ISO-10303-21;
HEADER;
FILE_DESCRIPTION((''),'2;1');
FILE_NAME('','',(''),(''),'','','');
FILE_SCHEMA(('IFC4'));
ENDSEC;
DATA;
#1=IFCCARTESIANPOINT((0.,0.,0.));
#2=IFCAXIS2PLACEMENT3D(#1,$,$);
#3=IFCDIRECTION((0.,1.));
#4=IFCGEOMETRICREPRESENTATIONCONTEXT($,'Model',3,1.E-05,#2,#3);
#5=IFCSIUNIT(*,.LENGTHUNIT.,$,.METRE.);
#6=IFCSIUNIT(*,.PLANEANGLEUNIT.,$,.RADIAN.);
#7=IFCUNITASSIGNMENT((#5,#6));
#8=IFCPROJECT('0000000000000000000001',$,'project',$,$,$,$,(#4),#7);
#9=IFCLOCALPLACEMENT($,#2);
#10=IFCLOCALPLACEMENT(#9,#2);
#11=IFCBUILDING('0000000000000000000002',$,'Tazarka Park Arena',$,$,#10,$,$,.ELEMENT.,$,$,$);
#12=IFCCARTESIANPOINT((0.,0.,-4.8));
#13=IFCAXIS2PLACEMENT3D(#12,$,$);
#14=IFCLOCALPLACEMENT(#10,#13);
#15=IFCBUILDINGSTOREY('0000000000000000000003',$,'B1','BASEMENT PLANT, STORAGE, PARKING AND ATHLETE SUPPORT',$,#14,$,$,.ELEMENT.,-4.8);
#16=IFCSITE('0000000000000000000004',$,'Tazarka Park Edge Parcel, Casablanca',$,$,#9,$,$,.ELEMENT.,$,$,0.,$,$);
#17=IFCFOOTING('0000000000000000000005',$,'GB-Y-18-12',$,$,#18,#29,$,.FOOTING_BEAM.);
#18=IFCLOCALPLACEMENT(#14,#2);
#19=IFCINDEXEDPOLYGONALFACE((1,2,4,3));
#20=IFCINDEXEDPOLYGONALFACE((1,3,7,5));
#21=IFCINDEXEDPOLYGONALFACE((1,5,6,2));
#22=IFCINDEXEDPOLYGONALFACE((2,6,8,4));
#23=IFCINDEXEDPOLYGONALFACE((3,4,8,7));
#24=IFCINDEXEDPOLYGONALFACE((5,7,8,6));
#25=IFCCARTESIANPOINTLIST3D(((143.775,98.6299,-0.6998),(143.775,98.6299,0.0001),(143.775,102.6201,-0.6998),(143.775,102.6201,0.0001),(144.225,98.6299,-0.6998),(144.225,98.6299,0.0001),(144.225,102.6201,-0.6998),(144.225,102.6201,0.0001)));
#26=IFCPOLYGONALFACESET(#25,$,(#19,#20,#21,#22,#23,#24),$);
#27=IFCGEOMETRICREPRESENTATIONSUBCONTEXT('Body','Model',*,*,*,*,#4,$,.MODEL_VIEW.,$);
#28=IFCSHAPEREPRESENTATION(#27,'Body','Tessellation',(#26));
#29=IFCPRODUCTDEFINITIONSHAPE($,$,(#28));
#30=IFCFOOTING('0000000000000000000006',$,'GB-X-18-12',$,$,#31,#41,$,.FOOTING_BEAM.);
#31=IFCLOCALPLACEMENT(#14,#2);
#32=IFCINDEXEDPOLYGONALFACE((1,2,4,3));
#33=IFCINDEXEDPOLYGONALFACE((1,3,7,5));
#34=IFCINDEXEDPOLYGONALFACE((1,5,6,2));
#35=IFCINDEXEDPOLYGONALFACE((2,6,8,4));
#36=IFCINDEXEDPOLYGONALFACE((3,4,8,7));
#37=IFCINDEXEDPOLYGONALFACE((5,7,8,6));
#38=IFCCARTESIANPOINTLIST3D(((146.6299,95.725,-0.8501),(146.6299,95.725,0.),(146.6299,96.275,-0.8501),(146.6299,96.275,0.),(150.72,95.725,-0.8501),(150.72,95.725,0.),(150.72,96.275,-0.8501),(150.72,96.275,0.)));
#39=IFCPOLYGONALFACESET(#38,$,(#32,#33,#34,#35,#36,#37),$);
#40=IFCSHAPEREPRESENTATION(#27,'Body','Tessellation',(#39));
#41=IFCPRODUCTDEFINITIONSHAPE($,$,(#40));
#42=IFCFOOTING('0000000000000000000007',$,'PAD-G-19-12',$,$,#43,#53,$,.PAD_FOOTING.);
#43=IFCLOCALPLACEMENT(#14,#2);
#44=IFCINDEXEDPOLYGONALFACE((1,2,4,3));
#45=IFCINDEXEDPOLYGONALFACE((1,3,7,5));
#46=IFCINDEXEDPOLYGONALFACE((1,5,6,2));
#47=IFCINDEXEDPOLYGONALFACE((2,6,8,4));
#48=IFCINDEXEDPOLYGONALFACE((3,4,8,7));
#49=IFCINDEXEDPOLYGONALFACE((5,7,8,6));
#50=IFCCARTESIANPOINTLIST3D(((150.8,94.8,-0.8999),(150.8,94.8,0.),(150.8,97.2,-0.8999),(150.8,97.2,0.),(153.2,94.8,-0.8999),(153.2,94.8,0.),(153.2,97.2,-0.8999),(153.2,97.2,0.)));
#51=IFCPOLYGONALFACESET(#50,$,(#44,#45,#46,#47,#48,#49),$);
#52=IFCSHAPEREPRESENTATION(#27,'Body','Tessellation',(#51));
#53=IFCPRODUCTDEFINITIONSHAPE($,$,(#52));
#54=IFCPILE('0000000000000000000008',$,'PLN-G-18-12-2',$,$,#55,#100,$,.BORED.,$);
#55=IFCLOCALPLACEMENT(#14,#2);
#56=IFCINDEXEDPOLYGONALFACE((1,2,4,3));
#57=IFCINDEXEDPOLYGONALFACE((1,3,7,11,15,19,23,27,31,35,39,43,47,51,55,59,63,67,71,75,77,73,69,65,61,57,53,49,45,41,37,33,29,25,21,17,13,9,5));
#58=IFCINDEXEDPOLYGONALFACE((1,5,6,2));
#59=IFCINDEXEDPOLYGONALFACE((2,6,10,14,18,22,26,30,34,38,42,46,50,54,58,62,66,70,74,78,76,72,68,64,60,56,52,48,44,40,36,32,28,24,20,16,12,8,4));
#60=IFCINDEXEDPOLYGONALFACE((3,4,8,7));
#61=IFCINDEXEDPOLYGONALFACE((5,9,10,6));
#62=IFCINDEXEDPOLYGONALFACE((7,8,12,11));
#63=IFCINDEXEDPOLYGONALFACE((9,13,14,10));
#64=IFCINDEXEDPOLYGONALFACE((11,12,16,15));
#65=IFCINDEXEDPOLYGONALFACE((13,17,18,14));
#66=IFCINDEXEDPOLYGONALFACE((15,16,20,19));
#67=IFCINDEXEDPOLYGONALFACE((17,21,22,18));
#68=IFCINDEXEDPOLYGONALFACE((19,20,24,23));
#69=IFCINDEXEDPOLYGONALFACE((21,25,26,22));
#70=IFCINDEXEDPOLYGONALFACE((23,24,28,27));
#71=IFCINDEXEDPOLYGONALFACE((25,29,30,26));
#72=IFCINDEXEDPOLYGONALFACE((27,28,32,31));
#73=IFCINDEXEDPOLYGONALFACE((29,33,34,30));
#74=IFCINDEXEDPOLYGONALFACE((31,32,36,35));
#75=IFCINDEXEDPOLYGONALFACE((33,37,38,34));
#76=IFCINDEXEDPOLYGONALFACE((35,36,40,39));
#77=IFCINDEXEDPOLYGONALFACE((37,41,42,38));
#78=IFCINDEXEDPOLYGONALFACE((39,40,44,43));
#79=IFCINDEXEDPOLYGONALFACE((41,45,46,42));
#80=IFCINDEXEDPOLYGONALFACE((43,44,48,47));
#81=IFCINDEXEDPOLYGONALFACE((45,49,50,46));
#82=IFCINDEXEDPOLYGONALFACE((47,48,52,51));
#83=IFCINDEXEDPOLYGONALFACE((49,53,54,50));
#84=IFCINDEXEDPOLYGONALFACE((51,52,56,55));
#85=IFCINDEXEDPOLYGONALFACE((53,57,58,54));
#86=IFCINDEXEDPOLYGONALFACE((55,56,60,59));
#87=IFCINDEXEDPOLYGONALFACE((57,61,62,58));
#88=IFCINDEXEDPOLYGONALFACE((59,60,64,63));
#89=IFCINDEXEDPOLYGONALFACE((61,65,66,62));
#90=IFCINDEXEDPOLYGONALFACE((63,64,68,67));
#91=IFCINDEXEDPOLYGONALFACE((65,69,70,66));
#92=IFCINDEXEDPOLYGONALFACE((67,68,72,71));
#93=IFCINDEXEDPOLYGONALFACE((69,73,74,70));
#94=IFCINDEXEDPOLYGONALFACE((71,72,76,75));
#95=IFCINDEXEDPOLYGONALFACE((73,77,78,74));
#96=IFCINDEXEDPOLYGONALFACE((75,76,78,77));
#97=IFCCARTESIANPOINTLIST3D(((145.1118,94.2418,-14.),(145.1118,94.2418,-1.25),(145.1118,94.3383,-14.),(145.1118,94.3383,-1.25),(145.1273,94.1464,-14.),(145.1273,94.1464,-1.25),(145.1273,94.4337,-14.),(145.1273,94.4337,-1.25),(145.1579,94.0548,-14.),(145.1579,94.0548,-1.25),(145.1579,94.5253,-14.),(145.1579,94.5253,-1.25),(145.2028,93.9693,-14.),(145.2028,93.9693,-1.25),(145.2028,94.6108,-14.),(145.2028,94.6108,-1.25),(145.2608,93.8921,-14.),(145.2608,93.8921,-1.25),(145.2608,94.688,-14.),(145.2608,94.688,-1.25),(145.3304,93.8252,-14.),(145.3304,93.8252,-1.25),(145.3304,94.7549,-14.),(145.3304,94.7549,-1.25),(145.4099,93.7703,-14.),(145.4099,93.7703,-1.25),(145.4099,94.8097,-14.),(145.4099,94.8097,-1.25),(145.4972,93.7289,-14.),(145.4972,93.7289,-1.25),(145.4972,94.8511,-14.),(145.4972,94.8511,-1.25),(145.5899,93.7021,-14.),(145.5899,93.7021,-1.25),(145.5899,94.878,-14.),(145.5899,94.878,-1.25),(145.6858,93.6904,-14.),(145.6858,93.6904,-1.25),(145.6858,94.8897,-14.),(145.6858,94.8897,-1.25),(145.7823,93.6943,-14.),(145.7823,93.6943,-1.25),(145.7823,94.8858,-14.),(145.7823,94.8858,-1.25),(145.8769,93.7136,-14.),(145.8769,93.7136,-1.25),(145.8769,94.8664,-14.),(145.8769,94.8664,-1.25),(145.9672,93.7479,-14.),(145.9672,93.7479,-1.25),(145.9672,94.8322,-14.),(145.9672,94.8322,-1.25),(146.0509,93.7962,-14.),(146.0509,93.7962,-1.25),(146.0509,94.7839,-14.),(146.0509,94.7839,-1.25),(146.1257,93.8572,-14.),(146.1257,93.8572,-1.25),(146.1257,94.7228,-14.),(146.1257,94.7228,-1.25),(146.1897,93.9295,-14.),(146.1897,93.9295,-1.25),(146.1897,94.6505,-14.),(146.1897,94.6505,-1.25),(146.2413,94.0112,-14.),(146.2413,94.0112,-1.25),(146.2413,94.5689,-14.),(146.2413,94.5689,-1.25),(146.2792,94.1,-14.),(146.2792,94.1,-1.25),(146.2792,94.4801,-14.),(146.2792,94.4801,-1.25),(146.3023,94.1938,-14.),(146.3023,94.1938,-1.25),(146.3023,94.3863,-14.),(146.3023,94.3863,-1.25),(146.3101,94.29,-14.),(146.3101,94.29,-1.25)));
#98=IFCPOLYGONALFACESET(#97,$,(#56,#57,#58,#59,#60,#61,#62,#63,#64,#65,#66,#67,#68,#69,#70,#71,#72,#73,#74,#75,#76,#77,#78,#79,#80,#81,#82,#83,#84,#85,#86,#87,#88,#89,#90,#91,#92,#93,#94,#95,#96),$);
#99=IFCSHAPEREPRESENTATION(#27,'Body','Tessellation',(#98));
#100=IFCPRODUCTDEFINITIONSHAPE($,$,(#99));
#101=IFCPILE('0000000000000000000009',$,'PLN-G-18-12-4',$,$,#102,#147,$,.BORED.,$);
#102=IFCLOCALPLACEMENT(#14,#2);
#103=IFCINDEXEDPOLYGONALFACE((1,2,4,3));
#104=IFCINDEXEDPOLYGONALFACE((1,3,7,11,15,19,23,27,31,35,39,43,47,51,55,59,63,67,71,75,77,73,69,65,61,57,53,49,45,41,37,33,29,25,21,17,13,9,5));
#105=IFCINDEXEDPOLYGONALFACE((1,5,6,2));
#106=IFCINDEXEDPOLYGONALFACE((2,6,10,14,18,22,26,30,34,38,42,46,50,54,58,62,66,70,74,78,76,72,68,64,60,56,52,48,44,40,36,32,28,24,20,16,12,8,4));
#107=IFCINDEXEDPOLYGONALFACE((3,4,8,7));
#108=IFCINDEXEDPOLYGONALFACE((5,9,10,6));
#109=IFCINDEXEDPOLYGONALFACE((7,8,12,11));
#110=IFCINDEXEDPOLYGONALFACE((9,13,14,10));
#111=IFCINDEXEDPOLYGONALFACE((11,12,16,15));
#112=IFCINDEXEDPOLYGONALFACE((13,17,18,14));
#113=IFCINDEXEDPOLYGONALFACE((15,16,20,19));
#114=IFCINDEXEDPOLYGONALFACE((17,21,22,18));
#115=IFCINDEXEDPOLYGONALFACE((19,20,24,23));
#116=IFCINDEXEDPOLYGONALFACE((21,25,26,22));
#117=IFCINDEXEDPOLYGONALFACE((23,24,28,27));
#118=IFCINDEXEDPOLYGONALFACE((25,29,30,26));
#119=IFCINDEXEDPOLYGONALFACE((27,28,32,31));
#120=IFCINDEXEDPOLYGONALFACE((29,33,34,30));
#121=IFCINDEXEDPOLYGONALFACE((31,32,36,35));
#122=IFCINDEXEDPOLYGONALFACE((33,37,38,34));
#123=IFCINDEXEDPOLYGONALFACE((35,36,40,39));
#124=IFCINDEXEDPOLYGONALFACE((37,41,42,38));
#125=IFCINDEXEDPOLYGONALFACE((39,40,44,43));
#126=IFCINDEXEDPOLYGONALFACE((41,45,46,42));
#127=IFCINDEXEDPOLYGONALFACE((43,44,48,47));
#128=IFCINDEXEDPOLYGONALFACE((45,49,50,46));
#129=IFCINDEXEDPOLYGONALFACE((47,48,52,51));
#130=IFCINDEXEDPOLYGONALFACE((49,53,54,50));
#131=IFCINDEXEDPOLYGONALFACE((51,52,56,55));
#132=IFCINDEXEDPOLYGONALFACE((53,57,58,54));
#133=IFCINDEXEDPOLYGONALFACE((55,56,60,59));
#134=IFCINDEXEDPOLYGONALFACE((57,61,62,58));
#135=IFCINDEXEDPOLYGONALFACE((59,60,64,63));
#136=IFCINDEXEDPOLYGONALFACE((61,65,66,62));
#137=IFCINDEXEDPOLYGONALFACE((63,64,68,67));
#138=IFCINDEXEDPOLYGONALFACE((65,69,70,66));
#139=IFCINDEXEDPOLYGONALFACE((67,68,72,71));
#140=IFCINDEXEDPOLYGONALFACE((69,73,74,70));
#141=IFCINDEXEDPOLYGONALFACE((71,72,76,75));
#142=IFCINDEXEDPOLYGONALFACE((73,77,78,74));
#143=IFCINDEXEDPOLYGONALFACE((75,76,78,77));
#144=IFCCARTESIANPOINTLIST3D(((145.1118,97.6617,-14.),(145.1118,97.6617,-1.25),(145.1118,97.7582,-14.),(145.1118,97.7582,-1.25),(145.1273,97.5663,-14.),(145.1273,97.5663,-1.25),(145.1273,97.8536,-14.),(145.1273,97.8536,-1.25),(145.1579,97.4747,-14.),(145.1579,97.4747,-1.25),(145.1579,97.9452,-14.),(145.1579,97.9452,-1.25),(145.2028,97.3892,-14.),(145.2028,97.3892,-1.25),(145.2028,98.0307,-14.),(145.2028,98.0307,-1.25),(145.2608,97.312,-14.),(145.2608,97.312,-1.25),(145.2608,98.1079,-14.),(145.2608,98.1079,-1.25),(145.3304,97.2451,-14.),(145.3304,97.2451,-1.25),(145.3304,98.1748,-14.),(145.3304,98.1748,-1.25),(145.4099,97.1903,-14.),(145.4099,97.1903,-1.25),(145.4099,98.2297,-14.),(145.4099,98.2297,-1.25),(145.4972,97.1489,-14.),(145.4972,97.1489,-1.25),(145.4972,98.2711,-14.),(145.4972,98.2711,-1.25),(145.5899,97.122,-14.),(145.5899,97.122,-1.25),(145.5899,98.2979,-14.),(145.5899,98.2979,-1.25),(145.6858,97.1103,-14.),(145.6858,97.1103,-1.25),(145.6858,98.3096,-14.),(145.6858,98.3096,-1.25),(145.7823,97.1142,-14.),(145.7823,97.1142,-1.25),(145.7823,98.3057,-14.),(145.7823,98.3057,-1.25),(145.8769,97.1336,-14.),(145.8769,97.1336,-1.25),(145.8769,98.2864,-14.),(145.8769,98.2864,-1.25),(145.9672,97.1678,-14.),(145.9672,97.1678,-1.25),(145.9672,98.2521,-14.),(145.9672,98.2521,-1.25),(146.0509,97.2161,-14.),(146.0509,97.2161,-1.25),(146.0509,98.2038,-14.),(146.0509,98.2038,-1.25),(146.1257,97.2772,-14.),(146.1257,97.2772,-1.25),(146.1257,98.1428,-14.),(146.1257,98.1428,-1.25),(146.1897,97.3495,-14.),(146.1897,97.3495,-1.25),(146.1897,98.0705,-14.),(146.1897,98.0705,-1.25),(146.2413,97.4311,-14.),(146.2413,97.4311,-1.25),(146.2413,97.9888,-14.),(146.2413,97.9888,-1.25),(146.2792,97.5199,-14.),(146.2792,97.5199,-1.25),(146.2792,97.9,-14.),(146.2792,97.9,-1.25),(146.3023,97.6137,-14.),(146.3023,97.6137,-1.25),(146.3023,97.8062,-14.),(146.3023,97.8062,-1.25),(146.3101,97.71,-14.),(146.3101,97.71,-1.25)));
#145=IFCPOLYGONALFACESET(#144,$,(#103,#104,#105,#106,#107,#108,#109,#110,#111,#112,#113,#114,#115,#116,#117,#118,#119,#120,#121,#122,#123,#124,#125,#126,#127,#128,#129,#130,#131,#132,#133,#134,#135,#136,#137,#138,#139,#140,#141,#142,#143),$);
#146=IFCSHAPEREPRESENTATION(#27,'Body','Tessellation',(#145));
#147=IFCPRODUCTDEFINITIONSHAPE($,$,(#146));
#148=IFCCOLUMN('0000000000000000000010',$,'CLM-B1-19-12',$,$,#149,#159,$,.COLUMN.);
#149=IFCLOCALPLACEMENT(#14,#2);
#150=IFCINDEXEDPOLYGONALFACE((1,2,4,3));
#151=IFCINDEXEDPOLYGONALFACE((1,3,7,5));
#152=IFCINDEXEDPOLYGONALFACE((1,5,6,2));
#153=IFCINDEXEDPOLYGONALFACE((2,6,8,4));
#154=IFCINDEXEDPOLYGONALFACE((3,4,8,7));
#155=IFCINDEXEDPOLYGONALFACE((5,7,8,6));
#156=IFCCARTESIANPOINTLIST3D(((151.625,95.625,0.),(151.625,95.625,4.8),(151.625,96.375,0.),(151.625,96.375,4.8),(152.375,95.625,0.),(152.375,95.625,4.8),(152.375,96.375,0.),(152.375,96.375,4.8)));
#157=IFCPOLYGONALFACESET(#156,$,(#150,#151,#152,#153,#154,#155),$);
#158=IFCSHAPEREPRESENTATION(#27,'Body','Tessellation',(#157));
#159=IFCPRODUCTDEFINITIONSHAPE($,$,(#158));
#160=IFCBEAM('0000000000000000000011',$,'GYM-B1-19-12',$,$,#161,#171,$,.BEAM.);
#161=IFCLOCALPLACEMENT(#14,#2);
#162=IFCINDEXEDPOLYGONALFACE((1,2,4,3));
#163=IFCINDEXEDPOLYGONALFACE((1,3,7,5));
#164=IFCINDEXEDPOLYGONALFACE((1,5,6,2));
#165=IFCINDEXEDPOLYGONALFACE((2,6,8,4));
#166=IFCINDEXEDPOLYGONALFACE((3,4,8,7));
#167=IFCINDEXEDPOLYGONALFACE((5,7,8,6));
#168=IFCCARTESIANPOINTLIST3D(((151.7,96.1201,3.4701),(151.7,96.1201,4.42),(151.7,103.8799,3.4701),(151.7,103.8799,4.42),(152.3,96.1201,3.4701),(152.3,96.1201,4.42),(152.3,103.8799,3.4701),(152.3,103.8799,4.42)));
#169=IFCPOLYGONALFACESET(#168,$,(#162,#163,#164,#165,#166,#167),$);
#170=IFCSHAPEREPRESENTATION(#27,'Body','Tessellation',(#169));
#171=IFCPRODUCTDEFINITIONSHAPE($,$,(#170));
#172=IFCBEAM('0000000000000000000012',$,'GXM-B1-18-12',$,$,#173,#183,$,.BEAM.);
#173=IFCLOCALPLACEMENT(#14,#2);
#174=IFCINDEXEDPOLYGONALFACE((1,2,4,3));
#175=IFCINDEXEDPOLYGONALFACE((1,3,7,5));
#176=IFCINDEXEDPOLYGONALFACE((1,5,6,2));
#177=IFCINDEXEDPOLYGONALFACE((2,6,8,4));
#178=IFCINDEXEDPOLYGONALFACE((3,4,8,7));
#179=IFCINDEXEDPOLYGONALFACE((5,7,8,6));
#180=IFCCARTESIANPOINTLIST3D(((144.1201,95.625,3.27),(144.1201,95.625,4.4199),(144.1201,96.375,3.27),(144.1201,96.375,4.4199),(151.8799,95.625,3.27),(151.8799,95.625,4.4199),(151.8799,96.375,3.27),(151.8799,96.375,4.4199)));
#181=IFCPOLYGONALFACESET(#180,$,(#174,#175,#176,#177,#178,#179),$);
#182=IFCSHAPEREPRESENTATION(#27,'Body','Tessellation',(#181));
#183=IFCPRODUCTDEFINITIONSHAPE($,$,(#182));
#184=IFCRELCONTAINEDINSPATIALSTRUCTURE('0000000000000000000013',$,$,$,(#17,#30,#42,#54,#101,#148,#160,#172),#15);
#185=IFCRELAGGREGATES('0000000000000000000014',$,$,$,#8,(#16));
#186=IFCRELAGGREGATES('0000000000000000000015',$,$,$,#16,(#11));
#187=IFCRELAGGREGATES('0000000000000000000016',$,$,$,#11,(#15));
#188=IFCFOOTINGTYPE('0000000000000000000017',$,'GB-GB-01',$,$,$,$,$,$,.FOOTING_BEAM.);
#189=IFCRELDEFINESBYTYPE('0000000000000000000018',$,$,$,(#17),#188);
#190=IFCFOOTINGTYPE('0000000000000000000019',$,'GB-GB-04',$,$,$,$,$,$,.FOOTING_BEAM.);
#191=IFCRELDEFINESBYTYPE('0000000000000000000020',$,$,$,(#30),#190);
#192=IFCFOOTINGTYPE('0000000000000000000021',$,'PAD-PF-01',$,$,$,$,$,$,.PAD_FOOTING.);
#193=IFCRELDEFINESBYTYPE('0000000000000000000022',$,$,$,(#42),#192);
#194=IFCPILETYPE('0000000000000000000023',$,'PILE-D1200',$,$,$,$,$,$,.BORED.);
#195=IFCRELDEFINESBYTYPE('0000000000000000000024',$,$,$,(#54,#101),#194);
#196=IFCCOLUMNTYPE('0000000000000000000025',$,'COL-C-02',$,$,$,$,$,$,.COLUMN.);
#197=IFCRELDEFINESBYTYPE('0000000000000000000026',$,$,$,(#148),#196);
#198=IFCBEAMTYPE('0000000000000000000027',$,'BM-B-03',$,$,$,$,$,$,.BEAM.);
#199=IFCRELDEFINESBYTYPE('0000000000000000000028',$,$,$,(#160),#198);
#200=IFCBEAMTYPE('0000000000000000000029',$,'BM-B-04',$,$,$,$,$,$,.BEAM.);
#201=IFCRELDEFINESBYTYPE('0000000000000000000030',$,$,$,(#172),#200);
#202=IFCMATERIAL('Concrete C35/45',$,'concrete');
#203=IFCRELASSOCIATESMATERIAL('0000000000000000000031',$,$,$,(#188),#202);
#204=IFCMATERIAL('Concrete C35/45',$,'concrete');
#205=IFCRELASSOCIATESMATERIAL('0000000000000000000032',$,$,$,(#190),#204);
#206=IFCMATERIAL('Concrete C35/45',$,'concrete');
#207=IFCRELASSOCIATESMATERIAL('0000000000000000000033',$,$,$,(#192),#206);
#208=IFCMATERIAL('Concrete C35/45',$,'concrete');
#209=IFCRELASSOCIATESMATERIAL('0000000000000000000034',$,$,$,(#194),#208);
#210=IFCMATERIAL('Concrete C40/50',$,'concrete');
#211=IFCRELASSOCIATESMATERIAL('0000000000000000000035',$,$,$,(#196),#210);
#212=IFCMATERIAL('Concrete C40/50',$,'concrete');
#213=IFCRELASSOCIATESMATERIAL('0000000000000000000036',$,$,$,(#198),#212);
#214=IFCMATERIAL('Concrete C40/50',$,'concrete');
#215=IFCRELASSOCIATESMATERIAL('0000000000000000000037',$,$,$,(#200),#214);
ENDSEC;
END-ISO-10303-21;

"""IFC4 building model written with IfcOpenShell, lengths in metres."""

from ifc_helpers import new_model, si_unit, direction, frame, origin, origin_2d, place, context, subcontext, project, spatial, rectangle, circle, extrude, material, material_profile, profile_set, type_object, element, save


model = new_model("IFC4")

# Units and contexts
model_context = context("Model", 3, precision=1e-05, world=origin(), true_north=direction((0.0, 1.0)))
body_context = subcontext(model_context, "Body", "Model", "MODEL_VIEW")
ifc_project = project(units=[si_unit("LENGTHUNIT", "METRE"), si_unit("PLANEANGLEUNIT", "RADIAN")], contexts=[model_context])

# Site, building, storey
site_placement = place(None, origin())
site = spatial("IfcSite", under=ifc_project, at=site_placement, Name="Tazarka Park Edge Parcel, Casablanca", CompositionType="ELEMENT", RefElevation=0.0)
building_placement = place(site_placement, origin())
building = spatial("IfcBuilding", under=site, at=building_placement, Name="Tazarka Park Arena", CompositionType="ELEMENT")
storey_placement = place(building_placement, frame((0.0, 0.0, -4.8)))
storey = spatial("IfcBuildingStorey", under=building, at=storey_placement, Name="B1", Description="BASEMENT PLANT, STORAGE, PARKING AND ATHLETE SUPPORT", CompositionType="ELEMENT", Elevation=-4.8)

# Footings
ifc_material_1 = material(Name="Concrete C35/45", Category="concrete")
ifc_material_profile_1 = material_profile(ifc_material_1, rectangle(XDim=0.45, YDim=0.7, at=origin_2d()), Name="Concrete C35/45")
ifc_profile_set_1 = profile_set([ifc_material_profile_1], Name="Concrete C35/45")
footing_type_1 = type_object("IfcFootingType", Name="GB-GB-01", PredefinedType="FOOTING_BEAM", material=ifc_profile_set_1)
footing_1_placement = place(storey_placement, frame((144.0, 98.6299, -0.3499), z_axis=(0.0, 1.0, 0.0), x_axis=(-1.0, 0.0, 0.0)))
element("IfcFooting", 1, at=footing_1_placement, inside=storey, type_object=footing_type_1, Name="GB-Y-18-12", PredefinedType="FOOTING_BEAM", context=body_context, shape_type="SweptSolid", body=[
    extrude(rectangle(XDim=0.45, YDim=0.7, at=origin_2d()), origin(), (0.0, 0.0, 1.0), 3.9902),
])
ifc_material_2 = material(Name="Concrete C35/45", Category="concrete")
ifc_material_profile_2 = material_profile(ifc_material_2, rectangle(XDim=0.55, YDim=0.8501, at=origin_2d()), Name="Concrete C35/45")
ifc_profile_set_2 = profile_set([ifc_material_profile_2], Name="Concrete C35/45")
footing_type_2 = type_object("IfcFootingType", Name="GB-GB-04", PredefinedType="FOOTING_BEAM", material=ifc_profile_set_2)
footing_2_placement = place(storey_placement, frame((146.6299, 96.0, -0.425), z_axis=(1.0, 0.0, 0.0), x_axis=(0.0, 1.0, 0.0)))
element("IfcFooting", 2, at=footing_2_placement, inside=storey, type_object=footing_type_2, Name="GB-X-18-12", PredefinedType="FOOTING_BEAM", context=body_context, shape_type="SweptSolid", body=[
    extrude(rectangle(XDim=0.55, YDim=0.8501, at=origin_2d()), origin(), (0.0, 0.0, 1.0), 4.0901),
])
ifc_material_3 = material(Name="Concrete C35/45", Category="concrete")
footing_type_3 = type_object("IfcFootingType", Name="PAD-PF-01", PredefinedType="PAD_FOOTING", material=ifc_material_3)
footing_3_placement = place(storey_placement, frame((152.0, 96.0, -0.8999), z_axis=(0.0, 0.0, 1.0), x_axis=(1.0, 0.0, 0.0)))
element("IfcFooting", 3, at=footing_3_placement, inside=storey, type_object=footing_type_3, Name="PAD-G-19-12", PredefinedType="PAD_FOOTING", context=body_context, shape_type="SweptSolid", body=[
    extrude(rectangle(XDim=2.3999, YDim=2.3999, at=origin_2d()), origin(), (0.0, 0.0, 1.0), 0.8999),
])

# Piles
ifc_material_4 = material(Name="Concrete C35/45", Category="concrete")
ifc_material_profile_3 = material_profile(ifc_material_4, circle(Radius=0.6001, at=origin_2d()), Name="Concrete C35/45")
ifc_profile_set_3 = profile_set([ifc_material_profile_3], Name="Concrete C35/45")
pile_type = type_object("IfcPileType", Name="PILE-D1200", PredefinedType="BORED", material=ifc_profile_set_3)
for number, where, z_axis, x_axis, name in (
    (4, (145.71, 94.29, -1.25), (0.0, 0.0, -1.0), (1.0, 0.0, 0.0), "PLN-G-18-12-2"),
    (5, (145.71, 97.71, -1.25), (0.0, 0.0, -1.0), (1.0, 0.0, 0.0), "PLN-G-18-12-4"),
):
    element("IfcPile", number, at=place(storey_placement, frame(where, z_axis=z_axis, x_axis=x_axis)), inside=storey, type_object=pile_type, Name=name, PredefinedType="BORED", context=body_context, shape_type="SweptSolid", body=[
        extrude(circle(Radius=0.6001, at=origin_2d()), origin(), (0.0, 0.0, 1.0), 12.75),
    ])

# Column
ifc_material_5 = material(Name="Concrete C40/50", Category="concrete")
ifc_material_profile_4 = material_profile(ifc_material_5, rectangle(XDim=0.75, YDim=0.75, at=origin_2d()), Name="Concrete C40/50")
ifc_profile_set_4 = profile_set([ifc_material_profile_4], Name="Concrete C40/50")
column_type = type_object("IfcColumnType", Name="COL-C-02", PredefinedType="COLUMN", material=ifc_profile_set_4)
column_placement = place(storey_placement, frame((152.0, 96.0, 0.0), z_axis=(0.0, 0.0, 1.0), x_axis=(1.0, 0.0, 0.0)))
element("IfcColumn", 6, at=column_placement, inside=storey, type_object=column_type, Name="CLM-B1-19-12", PredefinedType="COLUMN", context=body_context, shape_type="SweptSolid", body=[
    extrude(rectangle(XDim=0.75, YDim=0.75, at=origin_2d()), origin(), (0.0, 0.0, 1.0), 4.8),
])

# Beams
ifc_material_6 = material(Name="Concrete C40/50", Category="concrete")
ifc_material_profile_5 = material_profile(ifc_material_6, rectangle(XDim=0.6001, YDim=0.95, at=origin_2d()), Name="Concrete C40/50")
ifc_profile_set_5 = profile_set([ifc_material_profile_5], Name="Concrete C40/50")
beam_type_1 = type_object("IfcBeamType", Name="BM-B-03", PredefinedType="BEAM", material=ifc_profile_set_5)
beam_1_placement = place(storey_placement, frame((152.0, 96.1201, 3.9451), z_axis=(0.0, 1.0, 0.0), x_axis=(-1.0, 0.0, 0.0)))
element("IfcBeam", 7, at=beam_1_placement, inside=storey, type_object=beam_type_1, Name="GYM-B1-19-12", PredefinedType="BEAM", context=body_context, shape_type="SweptSolid", body=[
    extrude(rectangle(XDim=0.6001, YDim=0.95, at=origin_2d()), origin(), (0.0, 0.0, 1.0), 7.7598),
])
ifc_material_7 = material(Name="Concrete C40/50", Category="concrete")
ifc_material_profile_6 = material_profile(ifc_material_7, rectangle(XDim=0.75, YDim=1.1499, at=origin_2d()), Name="Concrete C40/50")
ifc_profile_set_6 = profile_set([ifc_material_profile_6], Name="Concrete C40/50")
beam_type_2 = type_object("IfcBeamType", Name="BM-B-04", PredefinedType="BEAM", material=ifc_profile_set_6)
for number, where, z_axis, x_axis, name in (
    (8, (144.1201, 96.0, 3.845), (1.0, 0.0, 0.0), (0.0, 1.0, 0.0), "GXM-B1-18-12"),
):
    element("IfcBeam", number, at=place(storey_placement, frame(where, z_axis=z_axis, x_axis=x_axis)), inside=storey, type_object=beam_type_2, Name=name, PredefinedType="BEAM", context=body_context, shape_type="SweptSolid", body=[
        extrude(rectangle(XDim=0.75, YDim=1.1499, at=origin_2d()), origin(), (0.0, 0.0, 1.0), 7.7598),
    ])

save(model, "model.ifc")
